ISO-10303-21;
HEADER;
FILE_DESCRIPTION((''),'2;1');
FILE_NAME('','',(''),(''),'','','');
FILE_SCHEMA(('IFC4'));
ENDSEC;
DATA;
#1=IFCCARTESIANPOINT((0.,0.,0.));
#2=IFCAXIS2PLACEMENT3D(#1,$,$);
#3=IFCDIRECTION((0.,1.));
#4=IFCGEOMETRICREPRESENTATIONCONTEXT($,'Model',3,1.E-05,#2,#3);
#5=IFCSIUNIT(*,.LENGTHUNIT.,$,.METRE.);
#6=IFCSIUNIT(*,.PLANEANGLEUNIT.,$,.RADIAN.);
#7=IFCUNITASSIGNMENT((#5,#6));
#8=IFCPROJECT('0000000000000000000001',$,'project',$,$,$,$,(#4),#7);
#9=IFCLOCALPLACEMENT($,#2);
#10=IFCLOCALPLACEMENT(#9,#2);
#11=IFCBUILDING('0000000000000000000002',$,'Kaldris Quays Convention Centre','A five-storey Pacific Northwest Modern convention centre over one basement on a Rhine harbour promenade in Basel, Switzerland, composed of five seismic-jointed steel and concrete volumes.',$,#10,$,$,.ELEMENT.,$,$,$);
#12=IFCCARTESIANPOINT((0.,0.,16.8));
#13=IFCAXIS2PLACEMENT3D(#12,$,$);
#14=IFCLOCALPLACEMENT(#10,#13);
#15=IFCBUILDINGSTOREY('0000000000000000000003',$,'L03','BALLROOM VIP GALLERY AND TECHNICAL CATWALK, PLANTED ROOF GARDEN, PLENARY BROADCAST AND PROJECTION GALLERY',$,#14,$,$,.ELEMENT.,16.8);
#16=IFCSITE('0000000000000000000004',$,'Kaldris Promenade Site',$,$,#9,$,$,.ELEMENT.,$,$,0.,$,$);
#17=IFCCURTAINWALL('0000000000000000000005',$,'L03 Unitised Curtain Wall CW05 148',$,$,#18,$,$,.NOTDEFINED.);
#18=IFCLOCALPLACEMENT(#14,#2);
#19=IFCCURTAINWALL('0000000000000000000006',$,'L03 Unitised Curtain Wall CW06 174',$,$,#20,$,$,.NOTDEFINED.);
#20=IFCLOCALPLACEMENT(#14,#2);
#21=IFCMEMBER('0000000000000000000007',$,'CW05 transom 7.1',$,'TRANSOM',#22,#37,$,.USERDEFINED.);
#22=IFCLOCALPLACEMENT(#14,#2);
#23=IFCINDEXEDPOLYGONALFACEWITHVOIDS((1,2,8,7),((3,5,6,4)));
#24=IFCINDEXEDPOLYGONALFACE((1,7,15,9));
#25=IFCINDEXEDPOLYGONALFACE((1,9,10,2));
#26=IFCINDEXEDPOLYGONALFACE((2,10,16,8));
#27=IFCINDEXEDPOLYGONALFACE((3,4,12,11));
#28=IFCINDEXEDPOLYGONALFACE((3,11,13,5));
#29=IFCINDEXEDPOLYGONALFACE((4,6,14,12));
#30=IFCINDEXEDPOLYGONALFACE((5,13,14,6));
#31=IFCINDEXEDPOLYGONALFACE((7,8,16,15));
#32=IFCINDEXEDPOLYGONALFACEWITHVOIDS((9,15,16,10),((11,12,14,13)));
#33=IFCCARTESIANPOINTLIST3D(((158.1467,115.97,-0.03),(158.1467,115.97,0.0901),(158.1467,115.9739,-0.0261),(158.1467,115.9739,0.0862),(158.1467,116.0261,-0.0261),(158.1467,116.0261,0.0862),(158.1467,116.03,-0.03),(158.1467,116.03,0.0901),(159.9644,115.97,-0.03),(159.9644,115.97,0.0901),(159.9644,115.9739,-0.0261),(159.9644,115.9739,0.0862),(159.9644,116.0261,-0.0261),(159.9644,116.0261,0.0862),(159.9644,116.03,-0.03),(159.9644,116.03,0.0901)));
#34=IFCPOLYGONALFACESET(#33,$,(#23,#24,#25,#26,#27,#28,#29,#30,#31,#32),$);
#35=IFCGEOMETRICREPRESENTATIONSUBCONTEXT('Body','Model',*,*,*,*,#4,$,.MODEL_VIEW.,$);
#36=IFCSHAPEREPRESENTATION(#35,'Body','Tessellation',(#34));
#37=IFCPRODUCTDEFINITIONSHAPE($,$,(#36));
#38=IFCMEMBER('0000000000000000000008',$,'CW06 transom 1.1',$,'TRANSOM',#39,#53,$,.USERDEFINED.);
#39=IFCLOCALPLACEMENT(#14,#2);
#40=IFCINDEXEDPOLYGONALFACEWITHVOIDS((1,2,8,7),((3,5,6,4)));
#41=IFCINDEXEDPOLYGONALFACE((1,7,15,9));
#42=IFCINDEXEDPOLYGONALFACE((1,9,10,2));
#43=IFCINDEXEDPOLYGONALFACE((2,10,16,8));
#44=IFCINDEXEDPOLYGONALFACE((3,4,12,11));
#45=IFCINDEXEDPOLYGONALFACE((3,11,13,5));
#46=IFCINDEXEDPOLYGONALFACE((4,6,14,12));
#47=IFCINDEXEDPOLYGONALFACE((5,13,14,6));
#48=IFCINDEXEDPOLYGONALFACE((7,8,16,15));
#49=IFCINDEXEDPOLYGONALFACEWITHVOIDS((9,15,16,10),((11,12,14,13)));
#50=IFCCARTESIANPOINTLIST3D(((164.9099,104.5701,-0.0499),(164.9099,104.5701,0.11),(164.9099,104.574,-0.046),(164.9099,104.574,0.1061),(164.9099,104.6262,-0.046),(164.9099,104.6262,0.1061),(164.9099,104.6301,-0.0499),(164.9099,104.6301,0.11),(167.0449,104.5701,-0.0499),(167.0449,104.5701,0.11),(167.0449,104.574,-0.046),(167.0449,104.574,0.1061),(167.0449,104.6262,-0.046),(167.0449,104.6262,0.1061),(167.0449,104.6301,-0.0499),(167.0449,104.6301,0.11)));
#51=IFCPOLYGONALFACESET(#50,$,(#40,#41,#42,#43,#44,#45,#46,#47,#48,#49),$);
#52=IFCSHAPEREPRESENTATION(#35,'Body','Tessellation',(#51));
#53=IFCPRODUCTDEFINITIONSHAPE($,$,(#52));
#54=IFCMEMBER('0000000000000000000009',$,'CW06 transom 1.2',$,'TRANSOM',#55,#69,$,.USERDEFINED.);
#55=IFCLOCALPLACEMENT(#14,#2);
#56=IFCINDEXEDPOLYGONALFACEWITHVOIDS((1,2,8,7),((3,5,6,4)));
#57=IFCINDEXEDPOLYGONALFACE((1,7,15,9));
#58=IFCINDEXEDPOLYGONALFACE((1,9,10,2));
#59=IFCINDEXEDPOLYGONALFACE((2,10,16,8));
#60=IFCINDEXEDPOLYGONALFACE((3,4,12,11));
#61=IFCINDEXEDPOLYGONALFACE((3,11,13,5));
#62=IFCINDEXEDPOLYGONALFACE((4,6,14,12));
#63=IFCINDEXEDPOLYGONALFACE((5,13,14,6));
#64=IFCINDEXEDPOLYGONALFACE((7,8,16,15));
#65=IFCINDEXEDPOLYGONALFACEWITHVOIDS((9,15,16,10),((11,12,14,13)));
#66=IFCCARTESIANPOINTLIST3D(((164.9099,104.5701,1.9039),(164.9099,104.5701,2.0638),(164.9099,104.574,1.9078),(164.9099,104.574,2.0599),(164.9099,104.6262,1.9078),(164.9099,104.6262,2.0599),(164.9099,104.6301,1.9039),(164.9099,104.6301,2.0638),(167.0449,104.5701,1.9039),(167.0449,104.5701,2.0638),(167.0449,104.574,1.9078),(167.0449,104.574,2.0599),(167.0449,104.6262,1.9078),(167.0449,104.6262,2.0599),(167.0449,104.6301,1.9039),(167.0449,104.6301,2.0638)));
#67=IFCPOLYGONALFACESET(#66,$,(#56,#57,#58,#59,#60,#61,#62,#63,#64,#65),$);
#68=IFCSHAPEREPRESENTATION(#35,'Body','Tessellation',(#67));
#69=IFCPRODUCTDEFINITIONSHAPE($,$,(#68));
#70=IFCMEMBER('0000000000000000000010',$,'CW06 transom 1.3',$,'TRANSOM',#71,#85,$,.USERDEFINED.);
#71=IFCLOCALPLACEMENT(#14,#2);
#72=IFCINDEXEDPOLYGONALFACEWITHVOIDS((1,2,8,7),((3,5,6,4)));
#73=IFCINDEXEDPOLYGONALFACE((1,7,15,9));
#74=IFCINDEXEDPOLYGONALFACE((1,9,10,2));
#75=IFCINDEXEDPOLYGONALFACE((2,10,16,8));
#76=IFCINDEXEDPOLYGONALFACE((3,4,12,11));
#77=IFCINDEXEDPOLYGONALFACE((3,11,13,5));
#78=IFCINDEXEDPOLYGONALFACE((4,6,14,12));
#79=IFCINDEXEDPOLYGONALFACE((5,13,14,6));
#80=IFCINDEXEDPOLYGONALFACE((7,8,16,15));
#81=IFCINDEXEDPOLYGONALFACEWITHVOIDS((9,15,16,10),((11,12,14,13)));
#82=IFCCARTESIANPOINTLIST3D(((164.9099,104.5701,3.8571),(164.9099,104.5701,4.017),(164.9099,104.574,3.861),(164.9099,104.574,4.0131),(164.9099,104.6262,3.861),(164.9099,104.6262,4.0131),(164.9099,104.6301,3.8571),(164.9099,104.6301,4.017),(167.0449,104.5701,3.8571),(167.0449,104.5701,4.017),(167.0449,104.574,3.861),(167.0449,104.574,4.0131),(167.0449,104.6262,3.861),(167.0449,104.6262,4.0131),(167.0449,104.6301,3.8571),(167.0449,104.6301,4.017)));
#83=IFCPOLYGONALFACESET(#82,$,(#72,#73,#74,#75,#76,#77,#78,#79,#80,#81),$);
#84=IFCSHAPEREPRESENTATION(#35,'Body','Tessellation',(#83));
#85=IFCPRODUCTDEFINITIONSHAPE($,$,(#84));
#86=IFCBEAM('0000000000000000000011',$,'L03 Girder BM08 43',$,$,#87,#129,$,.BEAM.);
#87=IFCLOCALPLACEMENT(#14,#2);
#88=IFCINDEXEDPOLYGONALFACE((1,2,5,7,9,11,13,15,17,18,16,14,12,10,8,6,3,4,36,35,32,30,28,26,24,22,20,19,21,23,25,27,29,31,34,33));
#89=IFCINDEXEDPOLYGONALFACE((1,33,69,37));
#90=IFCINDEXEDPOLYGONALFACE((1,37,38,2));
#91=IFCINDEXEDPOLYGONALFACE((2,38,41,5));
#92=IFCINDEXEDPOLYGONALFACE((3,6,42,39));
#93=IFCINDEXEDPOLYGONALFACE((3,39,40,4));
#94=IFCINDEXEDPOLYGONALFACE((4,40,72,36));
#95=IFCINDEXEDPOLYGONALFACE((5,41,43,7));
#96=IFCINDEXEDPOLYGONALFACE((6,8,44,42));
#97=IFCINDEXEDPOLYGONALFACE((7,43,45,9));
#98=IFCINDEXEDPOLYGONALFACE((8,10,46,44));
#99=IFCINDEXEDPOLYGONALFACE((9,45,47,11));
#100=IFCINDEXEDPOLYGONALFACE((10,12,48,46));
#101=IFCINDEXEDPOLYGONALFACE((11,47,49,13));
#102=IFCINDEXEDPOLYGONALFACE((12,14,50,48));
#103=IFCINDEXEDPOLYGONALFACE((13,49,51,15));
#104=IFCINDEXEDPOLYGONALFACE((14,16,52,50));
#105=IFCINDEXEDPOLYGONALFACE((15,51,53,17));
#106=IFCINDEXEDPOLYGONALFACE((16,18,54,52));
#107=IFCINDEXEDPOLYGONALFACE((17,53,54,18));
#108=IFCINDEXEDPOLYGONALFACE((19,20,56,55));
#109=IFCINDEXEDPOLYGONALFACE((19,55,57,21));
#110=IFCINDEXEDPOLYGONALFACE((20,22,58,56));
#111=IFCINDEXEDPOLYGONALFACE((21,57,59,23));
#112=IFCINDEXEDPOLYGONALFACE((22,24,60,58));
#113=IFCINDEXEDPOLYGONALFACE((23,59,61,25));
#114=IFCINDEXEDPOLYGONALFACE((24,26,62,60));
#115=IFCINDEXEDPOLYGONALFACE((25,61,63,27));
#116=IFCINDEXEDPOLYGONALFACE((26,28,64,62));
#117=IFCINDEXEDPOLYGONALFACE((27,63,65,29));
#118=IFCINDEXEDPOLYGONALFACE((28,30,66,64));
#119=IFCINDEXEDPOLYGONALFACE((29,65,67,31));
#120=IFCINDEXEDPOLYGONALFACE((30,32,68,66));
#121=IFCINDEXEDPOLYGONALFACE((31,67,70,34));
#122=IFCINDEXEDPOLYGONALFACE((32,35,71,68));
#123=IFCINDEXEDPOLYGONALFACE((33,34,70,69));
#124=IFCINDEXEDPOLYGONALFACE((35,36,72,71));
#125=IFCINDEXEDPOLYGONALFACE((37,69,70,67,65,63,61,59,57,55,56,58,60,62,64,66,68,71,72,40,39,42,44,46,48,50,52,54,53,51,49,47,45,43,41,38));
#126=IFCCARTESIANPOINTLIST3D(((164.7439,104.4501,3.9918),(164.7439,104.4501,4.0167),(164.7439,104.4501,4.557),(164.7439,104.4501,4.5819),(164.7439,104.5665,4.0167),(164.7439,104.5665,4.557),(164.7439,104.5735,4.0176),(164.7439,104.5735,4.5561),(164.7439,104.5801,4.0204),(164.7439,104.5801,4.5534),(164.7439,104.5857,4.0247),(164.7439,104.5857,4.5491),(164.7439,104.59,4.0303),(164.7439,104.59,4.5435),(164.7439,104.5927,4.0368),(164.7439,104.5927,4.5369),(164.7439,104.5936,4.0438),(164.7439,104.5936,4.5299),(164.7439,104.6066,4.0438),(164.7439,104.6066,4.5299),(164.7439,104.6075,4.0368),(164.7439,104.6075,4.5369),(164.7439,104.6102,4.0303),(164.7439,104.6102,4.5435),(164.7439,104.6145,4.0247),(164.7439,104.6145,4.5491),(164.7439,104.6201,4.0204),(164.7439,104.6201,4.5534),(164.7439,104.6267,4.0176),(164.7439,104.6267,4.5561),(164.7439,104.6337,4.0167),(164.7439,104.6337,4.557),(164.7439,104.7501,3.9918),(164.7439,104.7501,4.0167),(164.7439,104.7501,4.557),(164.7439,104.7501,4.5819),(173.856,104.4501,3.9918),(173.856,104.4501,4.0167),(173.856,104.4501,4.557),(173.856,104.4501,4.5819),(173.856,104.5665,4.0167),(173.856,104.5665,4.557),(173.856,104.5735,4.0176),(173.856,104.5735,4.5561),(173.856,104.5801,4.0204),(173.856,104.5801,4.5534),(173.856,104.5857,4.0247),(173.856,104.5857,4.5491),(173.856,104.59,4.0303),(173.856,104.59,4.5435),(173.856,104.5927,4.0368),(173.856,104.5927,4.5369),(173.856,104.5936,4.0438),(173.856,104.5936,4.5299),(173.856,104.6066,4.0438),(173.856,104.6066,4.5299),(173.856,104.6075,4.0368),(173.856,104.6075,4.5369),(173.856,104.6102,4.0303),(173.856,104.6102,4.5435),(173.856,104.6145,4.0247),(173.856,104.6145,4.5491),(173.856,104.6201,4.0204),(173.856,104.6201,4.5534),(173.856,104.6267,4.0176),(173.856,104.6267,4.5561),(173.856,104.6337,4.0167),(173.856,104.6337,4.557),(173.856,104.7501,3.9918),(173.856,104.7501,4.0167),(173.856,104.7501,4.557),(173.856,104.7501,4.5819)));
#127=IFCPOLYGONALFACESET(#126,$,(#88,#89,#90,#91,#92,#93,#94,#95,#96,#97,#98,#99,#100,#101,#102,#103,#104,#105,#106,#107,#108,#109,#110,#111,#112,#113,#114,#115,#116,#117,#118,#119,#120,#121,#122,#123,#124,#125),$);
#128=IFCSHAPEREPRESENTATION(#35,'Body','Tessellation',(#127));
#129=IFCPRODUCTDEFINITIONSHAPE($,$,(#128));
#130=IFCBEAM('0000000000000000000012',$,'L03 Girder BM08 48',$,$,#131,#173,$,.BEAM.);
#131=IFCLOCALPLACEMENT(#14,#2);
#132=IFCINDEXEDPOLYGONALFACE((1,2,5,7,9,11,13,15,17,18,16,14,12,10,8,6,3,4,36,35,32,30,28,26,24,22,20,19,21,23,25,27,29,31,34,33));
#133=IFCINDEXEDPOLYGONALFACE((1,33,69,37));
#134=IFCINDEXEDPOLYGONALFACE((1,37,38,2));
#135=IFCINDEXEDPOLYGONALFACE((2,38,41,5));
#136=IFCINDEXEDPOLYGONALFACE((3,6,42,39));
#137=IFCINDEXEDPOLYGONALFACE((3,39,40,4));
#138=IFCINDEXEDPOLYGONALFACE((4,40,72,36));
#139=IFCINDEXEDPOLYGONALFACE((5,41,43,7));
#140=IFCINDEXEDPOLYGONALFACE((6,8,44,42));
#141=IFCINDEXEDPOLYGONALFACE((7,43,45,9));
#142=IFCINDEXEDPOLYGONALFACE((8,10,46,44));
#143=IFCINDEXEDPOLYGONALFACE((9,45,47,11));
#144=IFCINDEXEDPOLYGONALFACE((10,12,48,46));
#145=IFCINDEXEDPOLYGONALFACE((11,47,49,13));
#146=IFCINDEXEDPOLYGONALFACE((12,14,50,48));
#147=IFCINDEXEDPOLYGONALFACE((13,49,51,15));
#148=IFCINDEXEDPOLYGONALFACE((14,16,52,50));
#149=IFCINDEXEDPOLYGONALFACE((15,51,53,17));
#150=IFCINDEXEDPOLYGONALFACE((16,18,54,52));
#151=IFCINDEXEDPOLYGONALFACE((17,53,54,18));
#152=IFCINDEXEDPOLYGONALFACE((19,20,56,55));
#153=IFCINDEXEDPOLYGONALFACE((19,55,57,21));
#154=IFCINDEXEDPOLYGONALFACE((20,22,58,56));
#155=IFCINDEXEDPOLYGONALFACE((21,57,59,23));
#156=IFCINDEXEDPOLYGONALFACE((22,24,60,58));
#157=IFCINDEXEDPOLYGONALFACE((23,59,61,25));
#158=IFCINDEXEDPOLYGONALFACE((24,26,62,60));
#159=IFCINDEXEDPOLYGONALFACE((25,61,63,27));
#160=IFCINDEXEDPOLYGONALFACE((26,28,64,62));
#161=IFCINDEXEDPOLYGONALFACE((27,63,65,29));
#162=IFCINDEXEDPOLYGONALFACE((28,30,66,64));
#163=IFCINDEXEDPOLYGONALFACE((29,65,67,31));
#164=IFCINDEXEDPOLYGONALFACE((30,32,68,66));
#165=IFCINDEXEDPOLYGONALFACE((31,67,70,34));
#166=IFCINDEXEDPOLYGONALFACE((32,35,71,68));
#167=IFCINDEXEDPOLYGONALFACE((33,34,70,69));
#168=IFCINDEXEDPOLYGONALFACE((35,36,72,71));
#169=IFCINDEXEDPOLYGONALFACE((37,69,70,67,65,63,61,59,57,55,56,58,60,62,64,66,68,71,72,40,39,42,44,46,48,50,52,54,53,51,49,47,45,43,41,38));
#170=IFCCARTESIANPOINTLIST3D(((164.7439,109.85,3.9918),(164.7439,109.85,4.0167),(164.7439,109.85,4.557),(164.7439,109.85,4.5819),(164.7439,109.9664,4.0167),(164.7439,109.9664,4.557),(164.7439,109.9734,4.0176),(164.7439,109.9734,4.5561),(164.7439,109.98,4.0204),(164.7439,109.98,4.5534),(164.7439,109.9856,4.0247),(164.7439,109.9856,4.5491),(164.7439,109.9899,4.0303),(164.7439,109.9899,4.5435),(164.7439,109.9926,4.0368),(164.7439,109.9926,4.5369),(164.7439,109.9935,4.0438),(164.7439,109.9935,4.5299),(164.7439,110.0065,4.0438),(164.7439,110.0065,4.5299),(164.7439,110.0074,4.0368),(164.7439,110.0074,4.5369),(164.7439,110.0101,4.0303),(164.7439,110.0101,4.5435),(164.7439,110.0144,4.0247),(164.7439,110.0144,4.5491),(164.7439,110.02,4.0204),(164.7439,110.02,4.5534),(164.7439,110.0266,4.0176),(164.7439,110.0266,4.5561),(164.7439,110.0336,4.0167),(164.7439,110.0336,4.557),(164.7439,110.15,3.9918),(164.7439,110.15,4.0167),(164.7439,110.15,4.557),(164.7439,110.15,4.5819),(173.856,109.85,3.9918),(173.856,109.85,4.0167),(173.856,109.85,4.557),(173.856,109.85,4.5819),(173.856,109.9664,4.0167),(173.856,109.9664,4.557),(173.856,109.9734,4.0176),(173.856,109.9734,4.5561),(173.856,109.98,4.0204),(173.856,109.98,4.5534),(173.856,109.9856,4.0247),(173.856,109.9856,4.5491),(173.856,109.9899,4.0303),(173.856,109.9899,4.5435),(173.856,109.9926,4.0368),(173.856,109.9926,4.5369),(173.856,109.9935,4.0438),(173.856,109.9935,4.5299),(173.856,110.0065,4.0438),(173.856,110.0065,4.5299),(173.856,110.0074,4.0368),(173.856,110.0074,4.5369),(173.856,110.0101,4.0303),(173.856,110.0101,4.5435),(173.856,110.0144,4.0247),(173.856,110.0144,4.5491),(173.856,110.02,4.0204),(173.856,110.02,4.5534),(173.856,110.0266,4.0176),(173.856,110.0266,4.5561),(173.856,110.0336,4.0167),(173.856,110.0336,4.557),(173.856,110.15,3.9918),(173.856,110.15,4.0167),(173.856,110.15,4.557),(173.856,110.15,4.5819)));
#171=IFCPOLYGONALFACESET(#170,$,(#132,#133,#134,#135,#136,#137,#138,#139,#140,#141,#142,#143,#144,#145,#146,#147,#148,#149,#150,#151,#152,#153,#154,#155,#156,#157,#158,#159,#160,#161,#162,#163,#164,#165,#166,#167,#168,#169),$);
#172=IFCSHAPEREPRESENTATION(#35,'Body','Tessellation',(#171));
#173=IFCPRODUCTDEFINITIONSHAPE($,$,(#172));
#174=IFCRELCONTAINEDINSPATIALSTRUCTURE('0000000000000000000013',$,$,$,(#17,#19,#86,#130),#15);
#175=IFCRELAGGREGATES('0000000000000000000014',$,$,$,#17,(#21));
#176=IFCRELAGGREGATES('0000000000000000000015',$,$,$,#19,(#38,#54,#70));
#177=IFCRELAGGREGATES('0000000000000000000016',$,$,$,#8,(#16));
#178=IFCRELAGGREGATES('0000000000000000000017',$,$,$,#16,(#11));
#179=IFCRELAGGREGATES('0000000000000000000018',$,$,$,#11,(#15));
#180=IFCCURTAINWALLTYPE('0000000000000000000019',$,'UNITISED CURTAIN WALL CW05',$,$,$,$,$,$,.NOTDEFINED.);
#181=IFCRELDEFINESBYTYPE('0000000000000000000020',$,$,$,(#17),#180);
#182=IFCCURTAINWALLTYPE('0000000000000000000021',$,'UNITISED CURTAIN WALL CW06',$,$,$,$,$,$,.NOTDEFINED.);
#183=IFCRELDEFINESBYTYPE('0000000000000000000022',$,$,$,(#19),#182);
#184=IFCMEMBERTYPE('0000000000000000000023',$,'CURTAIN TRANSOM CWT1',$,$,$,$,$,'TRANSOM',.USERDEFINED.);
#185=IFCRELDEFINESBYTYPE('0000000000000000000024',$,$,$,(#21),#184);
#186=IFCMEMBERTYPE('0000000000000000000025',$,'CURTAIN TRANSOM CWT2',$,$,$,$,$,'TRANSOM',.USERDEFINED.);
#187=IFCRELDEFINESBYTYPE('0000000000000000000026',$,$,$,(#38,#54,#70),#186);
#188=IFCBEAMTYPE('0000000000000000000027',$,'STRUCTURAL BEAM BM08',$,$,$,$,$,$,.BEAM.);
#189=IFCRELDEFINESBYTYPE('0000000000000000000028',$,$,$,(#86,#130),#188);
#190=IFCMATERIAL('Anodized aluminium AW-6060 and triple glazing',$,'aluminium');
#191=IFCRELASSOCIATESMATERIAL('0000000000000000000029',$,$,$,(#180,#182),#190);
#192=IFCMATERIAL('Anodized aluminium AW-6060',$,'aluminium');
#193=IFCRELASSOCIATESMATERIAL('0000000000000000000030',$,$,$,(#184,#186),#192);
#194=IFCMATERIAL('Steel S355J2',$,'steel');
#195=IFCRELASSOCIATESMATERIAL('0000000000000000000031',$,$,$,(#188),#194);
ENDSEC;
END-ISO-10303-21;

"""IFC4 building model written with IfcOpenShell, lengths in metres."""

from ifc_helpers import new_model, si_unit, direction, frame, origin, origin_2d, place, context, subcontext, project, spatial, hollow_rectangle, i_section, extrude, material, material_profile, profile_set, type_object, element, aggregate, save


model = new_model("IFC4")

# Units and contexts
model_context = context("Model", 3, precision=1e-05, world=origin(), true_north=direction((0.0, 1.0)))
body_context = subcontext(model_context, "Body", "Model", "MODEL_VIEW")
ifc_project = project(units=[si_unit("LENGTHUNIT", "METRE"), si_unit("PLANEANGLEUNIT", "RADIAN")], contexts=[model_context])

# Site, building, storey
site_placement = place(None, origin())
site = spatial("IfcSite", under=ifc_project, at=site_placement, Name="Kaldris Promenade Site", CompositionType="ELEMENT", RefElevation=0.0)
building_placement = place(site_placement, origin())
building = spatial("IfcBuilding", under=site, at=building_placement, Name="Kaldris Quays Convention Centre", Description="A five-storey Pacific Northwest Modern convention centre over one basement on a Rhine harbour promenade in Basel, Switzerland, composed of five seismic-jointed steel and concrete volumes.", CompositionType="ELEMENT")
storey_placement = place(building_placement, frame((0.0, 0.0, 16.8)))
storey = spatial("IfcBuildingStorey", under=building, at=storey_placement, Name="L03", Description="BALLROOM VIP GALLERY AND TECHNICAL CATWALK, PLANTED ROOF GARDEN, PLENARY BROADCAST AND PROJECTION GALLERY", CompositionType="ELEMENT", Elevation=16.8)

# Shared definitions
ifc_material_1 = material(Name="Steel S355J2", Category="steel")

# Curtain walls
ifc_material_2 = material(Name="Anodized aluminium AW-6060 and triple glazing", Category="aluminium")
curtain_wall_type_1 = type_object("IfcCurtainWallType", Name="UNITISED CURTAIN WALL CW05", PredefinedType="NOTDEFINED", material=ifc_material_2)
curtain_wall_1_placement = place(storey_placement, origin())
curtain_wall_1 = element("IfcCurtainWall", 1, at=curtain_wall_1_placement, inside=storey, type_object=curtain_wall_type_1, Name="L03 Unitised Curtain Wall CW05 148", PredefinedType="NOTDEFINED")
ifc_material_3 = material(Name="Anodized aluminium AW-6060", Category="aluminium")
curtain_wall_type_2 = type_object("IfcCurtainWallType", Name="UNITISED CURTAIN WALL CW06", PredefinedType="NOTDEFINED", material=ifc_material_2)
curtain_wall_2_placement = place(storey_placement, origin())
curtain_wall_2 = element("IfcCurtainWall", 2, at=curtain_wall_2_placement, inside=storey, type_object=curtain_wall_type_2, Name="L03 Unitised Curtain Wall CW06 174", PredefinedType="NOTDEFINED")

# Members
ifc_material_profile_1 = material_profile(ifc_material_3, hollow_rectangle(XDim=0.0601, YDim=0.1201, WallThickness=0.0039, at=origin_2d()), Name="RHS 120x60x4")
ifc_profile_set_1 = profile_set([ifc_material_profile_1], Name="Anodized aluminium AW-6060")
member_type_1 = type_object("IfcMemberType", Name="CURTAIN TRANSOM CWT1", ElementType="TRANSOM", PredefinedType="USERDEFINED", material=ifc_profile_set_1)
member_1_placement = place(storey_placement, frame((158.1467, 116.0, 0.03), z_axis=(1.0, 0.0, 0.0), x_axis=(0.0, 1.0, 0.0)))
member_1 = element("IfcMember", 3, at=member_1_placement, type_object=member_type_1, Name="CW05 transom 7.1", ObjectType="TRANSOM", PredefinedType="USERDEFINED", context=body_context, shape_type="SweptSolid", body=[
    extrude(hollow_rectangle(XDim=0.0601, YDim=0.1201, WallThickness=0.0039, at=origin_2d()), origin(), (0.0, 0.0, 1.0), 1.8176),
])
aggregate(curtain_wall_1, [member_1])
ifc_material_profile_2 = material_profile(ifc_material_3, hollow_rectangle(XDim=0.0601, YDim=0.1599, WallThickness=0.0039, at=origin_2d()), Name="RHS 160x60x4")
ifc_profile_set_2 = profile_set([ifc_material_profile_2], Name="Anodized aluminium AW-6060")
member_type_2 = type_object("IfcMemberType", Name="CURTAIN TRANSOM CWT2", ElementType="TRANSOM", PredefinedType="USERDEFINED", material=ifc_profile_set_2)
member_2_placement = place(storey_placement, frame((164.9099, 104.6001, 0.03), z_axis=(1.0, 0.0, 0.0), x_axis=(0.0, 1.0, 0.0)))
member_2 = element("IfcMember", 4, at=member_2_placement, type_object=member_type_2, Name="CW06 transom 1.1", ObjectType="TRANSOM", PredefinedType="USERDEFINED", context=body_context, shape_type="SweptSolid", body=[
    extrude(hollow_rectangle(XDim=0.0601, YDim=0.1599, WallThickness=0.0039, at=origin_2d()), origin(), (0.0, 0.0, 1.0), 2.135),
])
member_3_placement = place(storey_placement, frame((164.9099, 104.6001, 1.9839), z_axis=(1.0, 0.0, 0.0), x_axis=(0.0, 1.0, 0.0)))
member_3 = element("IfcMember", 5, at=member_3_placement, type_object=member_type_2, Name="CW06 transom 1.2", ObjectType="TRANSOM", PredefinedType="USERDEFINED", context=body_context, shape_type="SweptSolid", body=[
    extrude(hollow_rectangle(XDim=0.0601, YDim=0.1599, WallThickness=0.0039, at=origin_2d()), origin(), (0.0, 0.0, 1.0), 2.135),
])
member_4_placement = place(storey_placement, frame((164.9099, 104.6001, 3.937), z_axis=(1.0, 0.0, 0.0), x_axis=(0.0, 1.0, 0.0)))
member_4 = element("IfcMember", 6, at=member_4_placement, type_object=member_type_2, Name="CW06 transom 1.3", ObjectType="TRANSOM", PredefinedType="USERDEFINED", context=body_context, shape_type="SweptSolid", body=[
    extrude(hollow_rectangle(XDim=0.0601, YDim=0.1599, WallThickness=0.0039, at=origin_2d()), origin(), (0.0, 0.0, 1.0), 2.135),
])

# Beams
ifc_material_profile_3 = material_profile(ifc_material_1, i_section(OverallWidth=0.3, OverallDepth=0.5901, WebThickness=0.0129, FlangeThickness=0.0249, FilletRadius=0.0271, at=origin_2d()), Name="HEA 600")
ifc_profile_set_3 = profile_set([ifc_material_profile_3], Name="Steel S355J2")
beam_type_1 = type_object("IfcBeamType", Name="STRUCTURAL BEAM BM08", PredefinedType="BEAM", material=ifc_profile_set_3)
for number, where, z_axis, x_axis, name in (
    (7, (164.7439, 104.6001, 4.2869), (1.0, 0.0, 0.0), (0.0, 1.0, 0.0), "L03 Girder BM08 43"),
    (8, (164.7439, 110.0, 4.2869), (1.0, 0.0, 0.0), (0.0, 1.0, 0.0), "L03 Girder BM08 48"),
):
    element("IfcBeam", number, at=place(storey_placement, frame(where, z_axis=z_axis, x_axis=x_axis)), inside=storey, type_object=beam_type_1, Name=name, PredefinedType="BEAM", context=body_context, shape_type="SweptSolid", body=[
        extrude(i_section(OverallWidth=0.3, OverallDepth=0.5901, WebThickness=0.0129, FlangeThickness=0.0249, FilletRadius=0.0271, at=origin_2d()), origin(), (0.0, 0.0, 1.0), 9.1121),
    ])

aggregate(curtain_wall_2, [member_2, member_3, member_4])

save(model, "model.ifc")
